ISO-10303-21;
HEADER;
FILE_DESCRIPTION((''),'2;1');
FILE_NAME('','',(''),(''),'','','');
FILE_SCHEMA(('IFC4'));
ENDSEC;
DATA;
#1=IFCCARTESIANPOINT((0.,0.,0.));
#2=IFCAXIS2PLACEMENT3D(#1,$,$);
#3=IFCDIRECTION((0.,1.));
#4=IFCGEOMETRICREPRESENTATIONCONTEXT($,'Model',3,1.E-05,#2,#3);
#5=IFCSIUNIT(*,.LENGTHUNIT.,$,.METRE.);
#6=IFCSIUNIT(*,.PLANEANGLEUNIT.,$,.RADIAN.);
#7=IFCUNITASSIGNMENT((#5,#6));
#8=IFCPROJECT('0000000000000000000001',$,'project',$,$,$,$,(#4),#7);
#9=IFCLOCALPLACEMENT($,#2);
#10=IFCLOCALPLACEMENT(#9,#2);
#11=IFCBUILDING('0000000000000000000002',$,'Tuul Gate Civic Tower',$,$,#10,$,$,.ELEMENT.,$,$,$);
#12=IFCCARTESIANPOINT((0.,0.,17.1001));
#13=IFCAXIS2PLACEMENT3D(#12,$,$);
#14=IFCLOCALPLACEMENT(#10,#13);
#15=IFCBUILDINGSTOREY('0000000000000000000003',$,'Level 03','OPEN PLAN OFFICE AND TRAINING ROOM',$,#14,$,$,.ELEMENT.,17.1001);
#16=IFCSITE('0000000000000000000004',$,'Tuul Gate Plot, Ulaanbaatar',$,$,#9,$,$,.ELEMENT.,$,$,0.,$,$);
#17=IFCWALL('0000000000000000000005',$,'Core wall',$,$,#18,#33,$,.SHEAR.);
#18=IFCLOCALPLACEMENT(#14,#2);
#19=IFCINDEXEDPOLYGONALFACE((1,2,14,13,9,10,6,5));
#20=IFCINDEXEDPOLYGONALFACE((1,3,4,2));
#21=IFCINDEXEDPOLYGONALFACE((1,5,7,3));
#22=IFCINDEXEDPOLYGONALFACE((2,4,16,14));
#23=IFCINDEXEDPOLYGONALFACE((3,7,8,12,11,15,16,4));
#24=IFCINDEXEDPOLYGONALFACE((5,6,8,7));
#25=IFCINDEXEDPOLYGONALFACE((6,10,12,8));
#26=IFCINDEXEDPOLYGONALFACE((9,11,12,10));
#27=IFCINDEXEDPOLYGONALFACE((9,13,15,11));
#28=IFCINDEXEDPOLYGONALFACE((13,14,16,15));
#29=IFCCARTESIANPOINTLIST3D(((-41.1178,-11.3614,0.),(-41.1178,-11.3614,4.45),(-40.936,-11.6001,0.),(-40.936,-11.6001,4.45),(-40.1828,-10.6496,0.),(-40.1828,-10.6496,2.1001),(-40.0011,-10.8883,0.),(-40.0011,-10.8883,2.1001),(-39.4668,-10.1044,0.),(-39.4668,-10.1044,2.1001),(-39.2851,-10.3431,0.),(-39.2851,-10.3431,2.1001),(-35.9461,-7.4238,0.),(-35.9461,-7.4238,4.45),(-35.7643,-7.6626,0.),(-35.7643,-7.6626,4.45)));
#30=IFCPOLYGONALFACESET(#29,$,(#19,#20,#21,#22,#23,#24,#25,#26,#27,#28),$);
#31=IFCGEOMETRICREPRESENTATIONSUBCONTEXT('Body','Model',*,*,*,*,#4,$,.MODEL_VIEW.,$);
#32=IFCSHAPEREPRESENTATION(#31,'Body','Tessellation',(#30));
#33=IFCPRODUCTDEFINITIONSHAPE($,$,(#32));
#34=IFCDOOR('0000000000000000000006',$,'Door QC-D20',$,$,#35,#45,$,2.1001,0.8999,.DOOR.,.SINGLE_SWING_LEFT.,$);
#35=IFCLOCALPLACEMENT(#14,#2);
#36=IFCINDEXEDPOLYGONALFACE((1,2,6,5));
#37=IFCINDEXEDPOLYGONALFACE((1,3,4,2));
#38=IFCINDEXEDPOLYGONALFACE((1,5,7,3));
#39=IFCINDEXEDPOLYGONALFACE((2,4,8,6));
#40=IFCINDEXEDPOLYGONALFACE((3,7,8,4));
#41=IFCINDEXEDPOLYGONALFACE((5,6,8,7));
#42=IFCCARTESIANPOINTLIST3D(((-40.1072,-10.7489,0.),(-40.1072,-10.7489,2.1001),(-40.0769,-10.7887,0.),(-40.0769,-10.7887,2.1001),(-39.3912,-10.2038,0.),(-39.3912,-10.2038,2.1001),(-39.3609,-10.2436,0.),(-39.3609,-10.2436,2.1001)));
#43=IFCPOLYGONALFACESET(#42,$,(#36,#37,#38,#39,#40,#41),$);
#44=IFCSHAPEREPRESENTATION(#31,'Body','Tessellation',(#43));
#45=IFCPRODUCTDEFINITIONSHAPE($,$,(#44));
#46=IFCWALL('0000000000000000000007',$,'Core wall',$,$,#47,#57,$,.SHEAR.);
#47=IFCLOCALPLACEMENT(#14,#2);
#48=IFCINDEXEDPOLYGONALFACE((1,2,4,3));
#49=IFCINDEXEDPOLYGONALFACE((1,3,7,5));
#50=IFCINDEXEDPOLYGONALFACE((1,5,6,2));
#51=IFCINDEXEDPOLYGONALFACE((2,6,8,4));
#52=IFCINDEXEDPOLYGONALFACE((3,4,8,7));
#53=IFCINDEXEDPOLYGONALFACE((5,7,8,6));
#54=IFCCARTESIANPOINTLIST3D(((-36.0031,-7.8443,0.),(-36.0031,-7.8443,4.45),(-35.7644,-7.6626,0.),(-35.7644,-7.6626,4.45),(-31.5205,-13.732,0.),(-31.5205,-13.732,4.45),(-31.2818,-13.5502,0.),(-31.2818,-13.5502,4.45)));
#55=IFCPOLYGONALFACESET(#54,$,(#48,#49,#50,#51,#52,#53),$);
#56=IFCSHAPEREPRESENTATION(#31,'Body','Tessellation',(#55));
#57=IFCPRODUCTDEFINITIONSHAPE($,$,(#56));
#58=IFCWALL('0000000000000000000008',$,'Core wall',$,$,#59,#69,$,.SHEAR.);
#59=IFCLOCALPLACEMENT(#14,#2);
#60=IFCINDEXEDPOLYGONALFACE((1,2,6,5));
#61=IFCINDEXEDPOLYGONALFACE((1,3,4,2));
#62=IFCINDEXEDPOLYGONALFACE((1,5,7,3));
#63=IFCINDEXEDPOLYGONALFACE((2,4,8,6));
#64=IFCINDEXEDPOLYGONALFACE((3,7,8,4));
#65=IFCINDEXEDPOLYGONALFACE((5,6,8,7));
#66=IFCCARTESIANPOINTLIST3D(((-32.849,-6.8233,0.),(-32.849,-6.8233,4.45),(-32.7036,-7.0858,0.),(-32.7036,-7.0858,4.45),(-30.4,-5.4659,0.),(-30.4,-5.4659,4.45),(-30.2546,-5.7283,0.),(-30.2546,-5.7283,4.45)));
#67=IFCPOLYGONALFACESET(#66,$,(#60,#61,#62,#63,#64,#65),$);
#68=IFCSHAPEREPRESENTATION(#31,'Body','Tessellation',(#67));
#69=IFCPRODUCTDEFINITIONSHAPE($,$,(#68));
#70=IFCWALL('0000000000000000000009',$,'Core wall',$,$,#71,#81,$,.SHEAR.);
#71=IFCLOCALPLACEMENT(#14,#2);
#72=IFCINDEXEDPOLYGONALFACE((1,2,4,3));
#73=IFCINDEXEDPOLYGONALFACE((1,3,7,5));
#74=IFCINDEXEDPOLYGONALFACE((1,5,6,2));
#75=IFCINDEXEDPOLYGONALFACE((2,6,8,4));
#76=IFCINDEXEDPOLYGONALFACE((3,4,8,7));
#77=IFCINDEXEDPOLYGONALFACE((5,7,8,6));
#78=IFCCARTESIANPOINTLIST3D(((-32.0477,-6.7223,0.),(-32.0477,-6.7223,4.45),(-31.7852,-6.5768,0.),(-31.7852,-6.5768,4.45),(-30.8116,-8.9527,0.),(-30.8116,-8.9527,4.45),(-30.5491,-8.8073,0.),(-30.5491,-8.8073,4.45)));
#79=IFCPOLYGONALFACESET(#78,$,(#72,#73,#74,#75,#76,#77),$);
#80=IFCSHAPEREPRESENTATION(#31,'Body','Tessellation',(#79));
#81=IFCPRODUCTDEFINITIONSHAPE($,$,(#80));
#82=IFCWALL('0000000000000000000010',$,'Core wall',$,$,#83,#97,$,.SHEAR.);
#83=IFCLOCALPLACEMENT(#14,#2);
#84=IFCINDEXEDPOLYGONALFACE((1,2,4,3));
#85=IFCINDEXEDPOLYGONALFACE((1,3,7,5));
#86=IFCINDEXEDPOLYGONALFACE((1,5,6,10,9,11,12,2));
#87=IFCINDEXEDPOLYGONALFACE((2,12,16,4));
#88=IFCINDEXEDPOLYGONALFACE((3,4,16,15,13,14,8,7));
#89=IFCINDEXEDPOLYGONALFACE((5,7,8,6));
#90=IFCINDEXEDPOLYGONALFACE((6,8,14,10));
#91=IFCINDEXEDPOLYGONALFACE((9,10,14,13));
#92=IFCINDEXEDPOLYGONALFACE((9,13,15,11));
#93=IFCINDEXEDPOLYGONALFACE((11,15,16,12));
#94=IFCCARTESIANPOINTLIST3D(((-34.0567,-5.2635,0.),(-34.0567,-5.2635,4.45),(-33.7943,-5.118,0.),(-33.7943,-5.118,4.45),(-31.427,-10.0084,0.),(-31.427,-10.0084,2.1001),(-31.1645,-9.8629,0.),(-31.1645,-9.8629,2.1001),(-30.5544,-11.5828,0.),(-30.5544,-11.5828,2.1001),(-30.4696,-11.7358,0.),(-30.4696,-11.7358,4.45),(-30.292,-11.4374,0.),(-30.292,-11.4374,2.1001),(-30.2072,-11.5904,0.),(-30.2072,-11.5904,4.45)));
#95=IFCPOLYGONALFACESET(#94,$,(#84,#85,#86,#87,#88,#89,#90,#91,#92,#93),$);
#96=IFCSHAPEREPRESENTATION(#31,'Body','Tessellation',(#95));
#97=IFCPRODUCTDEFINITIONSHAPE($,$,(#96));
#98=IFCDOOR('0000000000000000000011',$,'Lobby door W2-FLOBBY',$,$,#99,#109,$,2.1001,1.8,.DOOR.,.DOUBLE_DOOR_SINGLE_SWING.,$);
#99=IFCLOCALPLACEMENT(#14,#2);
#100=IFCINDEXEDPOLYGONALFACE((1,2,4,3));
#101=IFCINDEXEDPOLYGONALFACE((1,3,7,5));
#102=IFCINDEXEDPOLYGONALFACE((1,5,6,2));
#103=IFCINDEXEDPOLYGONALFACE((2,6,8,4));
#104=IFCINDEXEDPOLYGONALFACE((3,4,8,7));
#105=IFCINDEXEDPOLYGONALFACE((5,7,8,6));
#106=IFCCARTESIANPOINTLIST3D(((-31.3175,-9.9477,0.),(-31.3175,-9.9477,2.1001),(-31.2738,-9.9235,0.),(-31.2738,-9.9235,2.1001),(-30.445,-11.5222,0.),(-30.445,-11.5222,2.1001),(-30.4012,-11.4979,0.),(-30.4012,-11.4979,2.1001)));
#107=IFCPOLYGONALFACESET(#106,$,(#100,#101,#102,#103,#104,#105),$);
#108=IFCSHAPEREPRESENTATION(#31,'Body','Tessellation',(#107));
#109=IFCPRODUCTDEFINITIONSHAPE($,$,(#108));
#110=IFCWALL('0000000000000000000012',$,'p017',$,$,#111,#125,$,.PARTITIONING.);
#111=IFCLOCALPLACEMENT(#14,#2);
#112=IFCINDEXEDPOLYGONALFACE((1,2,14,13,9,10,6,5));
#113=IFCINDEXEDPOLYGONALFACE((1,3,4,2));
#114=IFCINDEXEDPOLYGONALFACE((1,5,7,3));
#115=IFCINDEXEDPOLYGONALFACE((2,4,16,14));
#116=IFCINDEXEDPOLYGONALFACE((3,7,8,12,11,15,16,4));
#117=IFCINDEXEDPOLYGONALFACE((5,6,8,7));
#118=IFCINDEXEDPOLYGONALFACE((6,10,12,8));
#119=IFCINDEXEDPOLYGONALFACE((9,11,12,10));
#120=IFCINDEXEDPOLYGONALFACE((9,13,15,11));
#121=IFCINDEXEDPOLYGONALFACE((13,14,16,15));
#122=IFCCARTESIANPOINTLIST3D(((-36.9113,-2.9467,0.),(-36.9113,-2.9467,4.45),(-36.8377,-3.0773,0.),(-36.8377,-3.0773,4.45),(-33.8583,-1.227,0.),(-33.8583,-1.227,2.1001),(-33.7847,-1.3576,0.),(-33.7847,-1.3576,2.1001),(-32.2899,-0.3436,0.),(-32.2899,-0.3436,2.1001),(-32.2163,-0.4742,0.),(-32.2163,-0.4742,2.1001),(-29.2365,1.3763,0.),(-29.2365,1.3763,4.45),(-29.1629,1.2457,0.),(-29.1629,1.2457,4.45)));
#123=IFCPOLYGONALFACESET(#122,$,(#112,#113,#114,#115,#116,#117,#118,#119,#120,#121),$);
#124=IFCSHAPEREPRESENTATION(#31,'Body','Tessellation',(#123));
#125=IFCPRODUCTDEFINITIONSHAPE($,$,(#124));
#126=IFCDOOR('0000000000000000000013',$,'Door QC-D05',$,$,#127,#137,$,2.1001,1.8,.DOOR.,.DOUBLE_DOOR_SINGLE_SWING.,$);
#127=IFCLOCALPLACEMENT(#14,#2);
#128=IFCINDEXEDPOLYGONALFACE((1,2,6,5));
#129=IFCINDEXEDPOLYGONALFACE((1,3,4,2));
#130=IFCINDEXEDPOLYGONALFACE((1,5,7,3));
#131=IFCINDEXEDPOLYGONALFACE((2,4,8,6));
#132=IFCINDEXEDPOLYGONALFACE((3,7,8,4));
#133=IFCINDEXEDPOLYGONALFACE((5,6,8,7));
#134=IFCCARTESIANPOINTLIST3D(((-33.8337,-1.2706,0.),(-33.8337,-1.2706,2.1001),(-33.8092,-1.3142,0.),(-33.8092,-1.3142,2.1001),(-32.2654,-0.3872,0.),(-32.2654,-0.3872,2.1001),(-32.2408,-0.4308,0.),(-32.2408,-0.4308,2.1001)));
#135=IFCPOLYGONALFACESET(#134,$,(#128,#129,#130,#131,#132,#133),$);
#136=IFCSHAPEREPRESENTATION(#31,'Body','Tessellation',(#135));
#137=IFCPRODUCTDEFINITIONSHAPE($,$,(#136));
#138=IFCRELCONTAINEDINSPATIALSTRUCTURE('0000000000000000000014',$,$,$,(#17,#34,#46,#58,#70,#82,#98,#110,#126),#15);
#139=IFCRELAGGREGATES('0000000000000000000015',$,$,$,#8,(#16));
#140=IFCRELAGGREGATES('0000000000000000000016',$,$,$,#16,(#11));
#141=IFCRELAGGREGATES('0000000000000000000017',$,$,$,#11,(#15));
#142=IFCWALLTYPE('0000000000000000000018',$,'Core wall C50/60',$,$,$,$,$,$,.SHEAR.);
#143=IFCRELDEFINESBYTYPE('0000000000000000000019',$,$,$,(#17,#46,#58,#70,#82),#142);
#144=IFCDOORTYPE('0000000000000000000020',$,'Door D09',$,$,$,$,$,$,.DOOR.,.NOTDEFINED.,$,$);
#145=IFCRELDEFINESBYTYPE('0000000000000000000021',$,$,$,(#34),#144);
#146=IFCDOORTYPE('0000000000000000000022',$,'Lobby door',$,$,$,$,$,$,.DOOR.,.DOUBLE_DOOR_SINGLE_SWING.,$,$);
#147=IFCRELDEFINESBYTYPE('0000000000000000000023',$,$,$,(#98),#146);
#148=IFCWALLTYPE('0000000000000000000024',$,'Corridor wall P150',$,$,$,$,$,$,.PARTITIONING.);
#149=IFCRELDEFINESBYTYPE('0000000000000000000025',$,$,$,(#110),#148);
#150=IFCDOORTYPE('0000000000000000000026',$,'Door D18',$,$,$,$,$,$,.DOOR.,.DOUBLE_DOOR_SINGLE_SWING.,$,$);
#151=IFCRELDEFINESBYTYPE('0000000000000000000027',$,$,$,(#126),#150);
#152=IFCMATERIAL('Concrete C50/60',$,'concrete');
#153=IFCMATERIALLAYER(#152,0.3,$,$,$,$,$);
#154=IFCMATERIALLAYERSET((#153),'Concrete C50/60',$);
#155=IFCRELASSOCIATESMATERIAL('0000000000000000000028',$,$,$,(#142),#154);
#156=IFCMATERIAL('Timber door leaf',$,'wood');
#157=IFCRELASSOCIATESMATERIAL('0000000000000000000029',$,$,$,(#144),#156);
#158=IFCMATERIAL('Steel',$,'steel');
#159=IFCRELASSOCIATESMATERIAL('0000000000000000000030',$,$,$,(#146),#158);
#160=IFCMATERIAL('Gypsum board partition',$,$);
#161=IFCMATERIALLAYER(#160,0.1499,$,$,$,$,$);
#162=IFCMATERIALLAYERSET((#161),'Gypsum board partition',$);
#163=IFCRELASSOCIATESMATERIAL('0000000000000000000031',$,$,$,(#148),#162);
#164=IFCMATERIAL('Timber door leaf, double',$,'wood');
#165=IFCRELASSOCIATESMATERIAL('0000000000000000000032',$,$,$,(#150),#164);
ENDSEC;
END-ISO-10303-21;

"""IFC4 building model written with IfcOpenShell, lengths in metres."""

from ifc_helpers import new_model, si_unit, direction, frame, frame_2d, origin, place, context, subcontext, project, spatial, rectangle, extrude, material, layer, layer_set, type_object, element, fill, save


model = new_model("IFC4")

# Units and contexts
model_context = context("Model", 3, precision=1e-05, world=origin(), true_north=direction((0.0, 1.0)))
body_context = subcontext(model_context, "Body", "Model", "MODEL_VIEW")
ifc_project = project(units=[si_unit("LENGTHUNIT", "METRE"), si_unit("PLANEANGLEUNIT", "RADIAN")], contexts=[model_context])

# Site, building, storey
site_placement = place(None, origin())
site = spatial("IfcSite", under=ifc_project, at=site_placement, Name="Tuul Gate Plot, Ulaanbaatar", CompositionType="ELEMENT", RefElevation=0.0)
building_placement = place(site_placement, origin())
building = spatial("IfcBuilding", under=site, at=building_placement, Name="Tuul Gate Civic Tower", CompositionType="ELEMENT")
storey_placement = place(building_placement, frame((0.0, 0.0, 17.1001)))
storey = spatial("IfcBuildingStorey", under=building, at=storey_placement, Name="Level 03", Description="OPEN PLAN OFFICE AND TRAINING ROOM", CompositionType="ELEMENT", Elevation=17.1001)

# Shared definitions
ifc_material_1 = material(Name="Concrete C50/60", Category="concrete")
ifc_layer_1 = layer(ifc_material_1, 0.3)
ifc_layer_set_1 = layer_set([ifc_layer_1], Name="Concrete C50/60")
wall_type_1 = type_object("IfcWallType", Name="Core wall C50/60", PredefinedType="SHEAR", material=ifc_layer_set_1)

# Wall, opening, door
wall_1_placement = place(storey_placement, frame((-35.8552, -7.5432, 0.0), z_axis=(0.0, 0.0, 1.0), x_axis=(-0.795639, -0.605772, 0.0)))
wall_1 = element("IfcWall", 1, at=wall_1_placement, inside=storey, type_object=wall_type_1, Name="Core wall", PredefinedType="SHEAR", context=body_context, shape_type="SweptSolid", body=[
    extrude(rectangle(XDim=6.5, YDim=0.3, at=frame_2d((3.25, 0.0))), origin(), (0.0, 0.0, 1.0), 4.45),
])
opening_1_placement = place(wall_1_placement, frame((4.425, 0.0, 0.0)))
opening_1 = element("IfcOpeningElement", 2, at=opening_1_placement, cuts=wall_1, PredefinedType="OPENING", context=body_context, shape_type="SweptSolid", body=[
    extrude(rectangle(XDim=0.8999, YDim=2.1001, at=frame_2d((0.45, 1.05))), frame((0.0, 0.1602, 0.0), z_axis=(0.0, -1.0, 0.0), x_axis=(1.0, 0.0, 0.0)), (0.0, 0.0, 1.0), 0.3201),
])
ifc_material_2 = material(Name="Timber door leaf", Category="wood")
door_type_1 = type_object("IfcDoorType", Name="Door D09", OperationType="NOTDEFINED", PredefinedType="DOOR", material=ifc_material_2)
door_1_placement = place(opening_1_placement, origin())
door_1 = element("IfcDoor", 3, at=door_1_placement, inside=storey, type_object=door_type_1, Name="Door QC-D20", OperationType="SINGLE_SWING_LEFT", OverallHeight=2.1001, OverallWidth=0.8999, PredefinedType="DOOR", context=body_context, shape_type="SweptSolid", body=[
    extrude(rectangle(XDim=0.8999, YDim=2.1001, at=frame_2d((0.45, 1.05))), frame((0.0, 0.0249, 0.0), z_axis=(0.0, -1.0, 0.0), x_axis=(1.0, 0.0, 0.0)), (0.0, 0.0, 1.0), 0.05),
])
fill(opening_1, door_1)

# Walls
wall_2_placement = place(storey_placement, frame((-31.4011, -13.6411, 0.0), z_axis=(0.0, 0.0, 1.0), x_axis=(-0.60577, 0.79564, 0.0)))
element("IfcWall", 4, at=wall_2_placement, inside=storey, type_object=wall_type_1, Name="Core wall", PredefinedType="SHEAR", context=body_context, shape_type="SweptSolid", body=[
    extrude(rectangle(XDim=7.3999, YDim=0.3, at=frame_2d((3.7, 0.0))), origin(), (0.0, 0.0, 1.0), 4.45),
])
wall_3_placement = place(storey_placement, frame((-30.3274, -5.5972, 0.0), z_axis=(0.0, 0.0, 1.0), x_axis=(-0.87463, -0.484791, 0.0)))
element("IfcWall", 5, at=wall_3_placement, inside=storey, type_object=wall_type_1, Name="Core wall", PredefinedType="SHEAR", context=body_context, shape_type="SweptSolid", body=[
    extrude(rectangle(XDim=2.8, YDim=0.3, at=frame_2d((1.3999, 0.0))), origin(), (0.0, 0.0, 1.0), 4.45),
])
wall_4_placement = place(storey_placement, frame((-30.6804, -8.8799, 0.0), z_axis=(0.0, 0.0, 1.0), x_axis=(-0.484724, 0.874667, 0.0)))
element("IfcWall", 6, at=wall_4_placement, inside=storey, type_object=wall_type_1, Name="Core wall", PredefinedType="SHEAR", context=body_context, shape_type="SweptSolid", body=[
    extrude(rectangle(XDim=2.55, YDim=0.3, at=frame_2d((1.2749, 0.0))), origin(), (0.0, 0.0, 1.0), 4.45),
])

# Walls, openings, doors
wall_5_placement = place(storey_placement, frame((-30.3384, -11.6631, 0.0), z_axis=(0.0, 0.0, 1.0), x_axis=(-0.484752, 0.874652, 0.0)))
wall_5 = element("IfcWall", 7, at=wall_5_placement, inside=storey, type_object=wall_type_1, Name="Core wall", PredefinedType="SHEAR", context=body_context, shape_type="SweptSolid", body=[
    extrude(rectangle(XDim=7.3999, YDim=0.3, at=frame_2d((3.7, 0.0))), origin(), (0.0, 0.0, 1.0), 4.45),
])
opening_2_placement = place(wall_5_placement, frame((0.175, 0.0, 0.0)))
opening_2 = element("IfcOpeningElement", 8, at=opening_2_placement, cuts=wall_5, PredefinedType="OPENING", context=body_context, shape_type="SweptSolid", body=[
    extrude(rectangle(XDim=1.8, YDim=2.1001, at=frame_2d((0.8999, 1.05))), frame((0.0, 0.1602, 0.0), z_axis=(0.0, -1.0, 0.0), x_axis=(1.0, 0.0, 0.0)), (0.0, 0.0, 1.0), 0.3201),
])
ifc_material_3 = material(Name="Steel", Category="steel")
door_type_2 = type_object("IfcDoorType", Name="Lobby door", OperationType="DOUBLE_DOOR_SINGLE_SWING", PredefinedType="DOOR", material=ifc_material_3)
door_2_placement = place(opening_2_placement, origin())
door_2 = element("IfcDoor", 9, at=door_2_placement, inside=storey, type_object=door_type_2, Name="Lobby door W2-FLOBBY", OperationType="DOUBLE_DOOR_SINGLE_SWING", OverallHeight=2.1001, OverallWidth=1.8, PredefinedType="DOOR", context=body_context, shape_type="SweptSolid", body=[
    extrude(rectangle(XDim=1.8, YDim=2.1001, at=frame_2d((0.8999, 1.05))), frame((0.0, 0.0249, 0.0), z_axis=(0.0, -1.0, 0.0), x_axis=(1.0, 0.0, 0.0)), (0.0, 0.0, 1.0), 0.05),
])
fill(opening_2, door_2)
ifc_material_4 = material(Name="Gypsum board partition")
ifc_layer_2 = layer(ifc_material_4, 0.1499)
ifc_layer_set_2 = layer_set([ifc_layer_2], Name="Gypsum board partition")
wall_type_2 = type_object("IfcWallType", Name="Corridor wall P150", PredefinedType="PARTITIONING", material=ifc_layer_set_2)
wall_6_placement = place(storey_placement, frame((-36.8745, -3.012, 0.0), z_axis=(0.0, 0.0, 1.0), x_axis=(0.871288, 0.490772, 0.0)))
wall_6 = element("IfcWall", 10, at=wall_6_placement, inside=storey, type_object=wall_type_2, Name="p017", PredefinedType="PARTITIONING", context=body_context, shape_type="SweptSolid", body=[
    extrude(rectangle(XDim=8.8086, YDim=0.1499, at=frame_2d((4.4043, 0.0))), origin(), (0.0, 0.0, 1.0), 4.45),
])
opening_3_placement = place(wall_6_placement, frame((3.5042, 0.0, 0.0)))
opening_3 = element("IfcOpeningElement", 11, at=opening_3_placement, cuts=wall_6, PredefinedType="OPENING", context=body_context, shape_type="SweptSolid", body=[
    extrude(rectangle(XDim=1.8, YDim=2.1001, at=frame_2d((0.8999, 1.05))), frame((0.0, 0.085, 0.0), z_axis=(0.0, -1.0, 0.0), x_axis=(1.0, 0.0, 0.0)), (0.0, 0.0, 1.0), 0.1699),
])
ifc_material_5 = material(Name="Timber door leaf, double", Category="wood")
door_type_3 = type_object("IfcDoorType", Name="Door D18", OperationType="DOUBLE_DOOR_SINGLE_SWING", PredefinedType="DOOR", material=ifc_material_5)
door_3_placement = place(opening_3_placement, origin())
door_3 = element("IfcDoor", 12, at=door_3_placement, inside=storey, type_object=door_type_3, Name="Door QC-D05", OperationType="DOUBLE_DOOR_SINGLE_SWING", OverallHeight=2.1001, OverallWidth=1.8, PredefinedType="DOOR", context=body_context, shape_type="SweptSolid", body=[
    extrude(rectangle(XDim=1.8, YDim=2.1001, at=frame_2d((0.8999, 1.05))), frame((0.0, 0.0249, 0.0), z_axis=(0.0, -1.0, 0.0), x_axis=(1.0, 0.0, 0.0)), (0.0, 0.0, 1.0), 0.05),
])
fill(opening_3, door_3)

save(model, "model.ifc")
